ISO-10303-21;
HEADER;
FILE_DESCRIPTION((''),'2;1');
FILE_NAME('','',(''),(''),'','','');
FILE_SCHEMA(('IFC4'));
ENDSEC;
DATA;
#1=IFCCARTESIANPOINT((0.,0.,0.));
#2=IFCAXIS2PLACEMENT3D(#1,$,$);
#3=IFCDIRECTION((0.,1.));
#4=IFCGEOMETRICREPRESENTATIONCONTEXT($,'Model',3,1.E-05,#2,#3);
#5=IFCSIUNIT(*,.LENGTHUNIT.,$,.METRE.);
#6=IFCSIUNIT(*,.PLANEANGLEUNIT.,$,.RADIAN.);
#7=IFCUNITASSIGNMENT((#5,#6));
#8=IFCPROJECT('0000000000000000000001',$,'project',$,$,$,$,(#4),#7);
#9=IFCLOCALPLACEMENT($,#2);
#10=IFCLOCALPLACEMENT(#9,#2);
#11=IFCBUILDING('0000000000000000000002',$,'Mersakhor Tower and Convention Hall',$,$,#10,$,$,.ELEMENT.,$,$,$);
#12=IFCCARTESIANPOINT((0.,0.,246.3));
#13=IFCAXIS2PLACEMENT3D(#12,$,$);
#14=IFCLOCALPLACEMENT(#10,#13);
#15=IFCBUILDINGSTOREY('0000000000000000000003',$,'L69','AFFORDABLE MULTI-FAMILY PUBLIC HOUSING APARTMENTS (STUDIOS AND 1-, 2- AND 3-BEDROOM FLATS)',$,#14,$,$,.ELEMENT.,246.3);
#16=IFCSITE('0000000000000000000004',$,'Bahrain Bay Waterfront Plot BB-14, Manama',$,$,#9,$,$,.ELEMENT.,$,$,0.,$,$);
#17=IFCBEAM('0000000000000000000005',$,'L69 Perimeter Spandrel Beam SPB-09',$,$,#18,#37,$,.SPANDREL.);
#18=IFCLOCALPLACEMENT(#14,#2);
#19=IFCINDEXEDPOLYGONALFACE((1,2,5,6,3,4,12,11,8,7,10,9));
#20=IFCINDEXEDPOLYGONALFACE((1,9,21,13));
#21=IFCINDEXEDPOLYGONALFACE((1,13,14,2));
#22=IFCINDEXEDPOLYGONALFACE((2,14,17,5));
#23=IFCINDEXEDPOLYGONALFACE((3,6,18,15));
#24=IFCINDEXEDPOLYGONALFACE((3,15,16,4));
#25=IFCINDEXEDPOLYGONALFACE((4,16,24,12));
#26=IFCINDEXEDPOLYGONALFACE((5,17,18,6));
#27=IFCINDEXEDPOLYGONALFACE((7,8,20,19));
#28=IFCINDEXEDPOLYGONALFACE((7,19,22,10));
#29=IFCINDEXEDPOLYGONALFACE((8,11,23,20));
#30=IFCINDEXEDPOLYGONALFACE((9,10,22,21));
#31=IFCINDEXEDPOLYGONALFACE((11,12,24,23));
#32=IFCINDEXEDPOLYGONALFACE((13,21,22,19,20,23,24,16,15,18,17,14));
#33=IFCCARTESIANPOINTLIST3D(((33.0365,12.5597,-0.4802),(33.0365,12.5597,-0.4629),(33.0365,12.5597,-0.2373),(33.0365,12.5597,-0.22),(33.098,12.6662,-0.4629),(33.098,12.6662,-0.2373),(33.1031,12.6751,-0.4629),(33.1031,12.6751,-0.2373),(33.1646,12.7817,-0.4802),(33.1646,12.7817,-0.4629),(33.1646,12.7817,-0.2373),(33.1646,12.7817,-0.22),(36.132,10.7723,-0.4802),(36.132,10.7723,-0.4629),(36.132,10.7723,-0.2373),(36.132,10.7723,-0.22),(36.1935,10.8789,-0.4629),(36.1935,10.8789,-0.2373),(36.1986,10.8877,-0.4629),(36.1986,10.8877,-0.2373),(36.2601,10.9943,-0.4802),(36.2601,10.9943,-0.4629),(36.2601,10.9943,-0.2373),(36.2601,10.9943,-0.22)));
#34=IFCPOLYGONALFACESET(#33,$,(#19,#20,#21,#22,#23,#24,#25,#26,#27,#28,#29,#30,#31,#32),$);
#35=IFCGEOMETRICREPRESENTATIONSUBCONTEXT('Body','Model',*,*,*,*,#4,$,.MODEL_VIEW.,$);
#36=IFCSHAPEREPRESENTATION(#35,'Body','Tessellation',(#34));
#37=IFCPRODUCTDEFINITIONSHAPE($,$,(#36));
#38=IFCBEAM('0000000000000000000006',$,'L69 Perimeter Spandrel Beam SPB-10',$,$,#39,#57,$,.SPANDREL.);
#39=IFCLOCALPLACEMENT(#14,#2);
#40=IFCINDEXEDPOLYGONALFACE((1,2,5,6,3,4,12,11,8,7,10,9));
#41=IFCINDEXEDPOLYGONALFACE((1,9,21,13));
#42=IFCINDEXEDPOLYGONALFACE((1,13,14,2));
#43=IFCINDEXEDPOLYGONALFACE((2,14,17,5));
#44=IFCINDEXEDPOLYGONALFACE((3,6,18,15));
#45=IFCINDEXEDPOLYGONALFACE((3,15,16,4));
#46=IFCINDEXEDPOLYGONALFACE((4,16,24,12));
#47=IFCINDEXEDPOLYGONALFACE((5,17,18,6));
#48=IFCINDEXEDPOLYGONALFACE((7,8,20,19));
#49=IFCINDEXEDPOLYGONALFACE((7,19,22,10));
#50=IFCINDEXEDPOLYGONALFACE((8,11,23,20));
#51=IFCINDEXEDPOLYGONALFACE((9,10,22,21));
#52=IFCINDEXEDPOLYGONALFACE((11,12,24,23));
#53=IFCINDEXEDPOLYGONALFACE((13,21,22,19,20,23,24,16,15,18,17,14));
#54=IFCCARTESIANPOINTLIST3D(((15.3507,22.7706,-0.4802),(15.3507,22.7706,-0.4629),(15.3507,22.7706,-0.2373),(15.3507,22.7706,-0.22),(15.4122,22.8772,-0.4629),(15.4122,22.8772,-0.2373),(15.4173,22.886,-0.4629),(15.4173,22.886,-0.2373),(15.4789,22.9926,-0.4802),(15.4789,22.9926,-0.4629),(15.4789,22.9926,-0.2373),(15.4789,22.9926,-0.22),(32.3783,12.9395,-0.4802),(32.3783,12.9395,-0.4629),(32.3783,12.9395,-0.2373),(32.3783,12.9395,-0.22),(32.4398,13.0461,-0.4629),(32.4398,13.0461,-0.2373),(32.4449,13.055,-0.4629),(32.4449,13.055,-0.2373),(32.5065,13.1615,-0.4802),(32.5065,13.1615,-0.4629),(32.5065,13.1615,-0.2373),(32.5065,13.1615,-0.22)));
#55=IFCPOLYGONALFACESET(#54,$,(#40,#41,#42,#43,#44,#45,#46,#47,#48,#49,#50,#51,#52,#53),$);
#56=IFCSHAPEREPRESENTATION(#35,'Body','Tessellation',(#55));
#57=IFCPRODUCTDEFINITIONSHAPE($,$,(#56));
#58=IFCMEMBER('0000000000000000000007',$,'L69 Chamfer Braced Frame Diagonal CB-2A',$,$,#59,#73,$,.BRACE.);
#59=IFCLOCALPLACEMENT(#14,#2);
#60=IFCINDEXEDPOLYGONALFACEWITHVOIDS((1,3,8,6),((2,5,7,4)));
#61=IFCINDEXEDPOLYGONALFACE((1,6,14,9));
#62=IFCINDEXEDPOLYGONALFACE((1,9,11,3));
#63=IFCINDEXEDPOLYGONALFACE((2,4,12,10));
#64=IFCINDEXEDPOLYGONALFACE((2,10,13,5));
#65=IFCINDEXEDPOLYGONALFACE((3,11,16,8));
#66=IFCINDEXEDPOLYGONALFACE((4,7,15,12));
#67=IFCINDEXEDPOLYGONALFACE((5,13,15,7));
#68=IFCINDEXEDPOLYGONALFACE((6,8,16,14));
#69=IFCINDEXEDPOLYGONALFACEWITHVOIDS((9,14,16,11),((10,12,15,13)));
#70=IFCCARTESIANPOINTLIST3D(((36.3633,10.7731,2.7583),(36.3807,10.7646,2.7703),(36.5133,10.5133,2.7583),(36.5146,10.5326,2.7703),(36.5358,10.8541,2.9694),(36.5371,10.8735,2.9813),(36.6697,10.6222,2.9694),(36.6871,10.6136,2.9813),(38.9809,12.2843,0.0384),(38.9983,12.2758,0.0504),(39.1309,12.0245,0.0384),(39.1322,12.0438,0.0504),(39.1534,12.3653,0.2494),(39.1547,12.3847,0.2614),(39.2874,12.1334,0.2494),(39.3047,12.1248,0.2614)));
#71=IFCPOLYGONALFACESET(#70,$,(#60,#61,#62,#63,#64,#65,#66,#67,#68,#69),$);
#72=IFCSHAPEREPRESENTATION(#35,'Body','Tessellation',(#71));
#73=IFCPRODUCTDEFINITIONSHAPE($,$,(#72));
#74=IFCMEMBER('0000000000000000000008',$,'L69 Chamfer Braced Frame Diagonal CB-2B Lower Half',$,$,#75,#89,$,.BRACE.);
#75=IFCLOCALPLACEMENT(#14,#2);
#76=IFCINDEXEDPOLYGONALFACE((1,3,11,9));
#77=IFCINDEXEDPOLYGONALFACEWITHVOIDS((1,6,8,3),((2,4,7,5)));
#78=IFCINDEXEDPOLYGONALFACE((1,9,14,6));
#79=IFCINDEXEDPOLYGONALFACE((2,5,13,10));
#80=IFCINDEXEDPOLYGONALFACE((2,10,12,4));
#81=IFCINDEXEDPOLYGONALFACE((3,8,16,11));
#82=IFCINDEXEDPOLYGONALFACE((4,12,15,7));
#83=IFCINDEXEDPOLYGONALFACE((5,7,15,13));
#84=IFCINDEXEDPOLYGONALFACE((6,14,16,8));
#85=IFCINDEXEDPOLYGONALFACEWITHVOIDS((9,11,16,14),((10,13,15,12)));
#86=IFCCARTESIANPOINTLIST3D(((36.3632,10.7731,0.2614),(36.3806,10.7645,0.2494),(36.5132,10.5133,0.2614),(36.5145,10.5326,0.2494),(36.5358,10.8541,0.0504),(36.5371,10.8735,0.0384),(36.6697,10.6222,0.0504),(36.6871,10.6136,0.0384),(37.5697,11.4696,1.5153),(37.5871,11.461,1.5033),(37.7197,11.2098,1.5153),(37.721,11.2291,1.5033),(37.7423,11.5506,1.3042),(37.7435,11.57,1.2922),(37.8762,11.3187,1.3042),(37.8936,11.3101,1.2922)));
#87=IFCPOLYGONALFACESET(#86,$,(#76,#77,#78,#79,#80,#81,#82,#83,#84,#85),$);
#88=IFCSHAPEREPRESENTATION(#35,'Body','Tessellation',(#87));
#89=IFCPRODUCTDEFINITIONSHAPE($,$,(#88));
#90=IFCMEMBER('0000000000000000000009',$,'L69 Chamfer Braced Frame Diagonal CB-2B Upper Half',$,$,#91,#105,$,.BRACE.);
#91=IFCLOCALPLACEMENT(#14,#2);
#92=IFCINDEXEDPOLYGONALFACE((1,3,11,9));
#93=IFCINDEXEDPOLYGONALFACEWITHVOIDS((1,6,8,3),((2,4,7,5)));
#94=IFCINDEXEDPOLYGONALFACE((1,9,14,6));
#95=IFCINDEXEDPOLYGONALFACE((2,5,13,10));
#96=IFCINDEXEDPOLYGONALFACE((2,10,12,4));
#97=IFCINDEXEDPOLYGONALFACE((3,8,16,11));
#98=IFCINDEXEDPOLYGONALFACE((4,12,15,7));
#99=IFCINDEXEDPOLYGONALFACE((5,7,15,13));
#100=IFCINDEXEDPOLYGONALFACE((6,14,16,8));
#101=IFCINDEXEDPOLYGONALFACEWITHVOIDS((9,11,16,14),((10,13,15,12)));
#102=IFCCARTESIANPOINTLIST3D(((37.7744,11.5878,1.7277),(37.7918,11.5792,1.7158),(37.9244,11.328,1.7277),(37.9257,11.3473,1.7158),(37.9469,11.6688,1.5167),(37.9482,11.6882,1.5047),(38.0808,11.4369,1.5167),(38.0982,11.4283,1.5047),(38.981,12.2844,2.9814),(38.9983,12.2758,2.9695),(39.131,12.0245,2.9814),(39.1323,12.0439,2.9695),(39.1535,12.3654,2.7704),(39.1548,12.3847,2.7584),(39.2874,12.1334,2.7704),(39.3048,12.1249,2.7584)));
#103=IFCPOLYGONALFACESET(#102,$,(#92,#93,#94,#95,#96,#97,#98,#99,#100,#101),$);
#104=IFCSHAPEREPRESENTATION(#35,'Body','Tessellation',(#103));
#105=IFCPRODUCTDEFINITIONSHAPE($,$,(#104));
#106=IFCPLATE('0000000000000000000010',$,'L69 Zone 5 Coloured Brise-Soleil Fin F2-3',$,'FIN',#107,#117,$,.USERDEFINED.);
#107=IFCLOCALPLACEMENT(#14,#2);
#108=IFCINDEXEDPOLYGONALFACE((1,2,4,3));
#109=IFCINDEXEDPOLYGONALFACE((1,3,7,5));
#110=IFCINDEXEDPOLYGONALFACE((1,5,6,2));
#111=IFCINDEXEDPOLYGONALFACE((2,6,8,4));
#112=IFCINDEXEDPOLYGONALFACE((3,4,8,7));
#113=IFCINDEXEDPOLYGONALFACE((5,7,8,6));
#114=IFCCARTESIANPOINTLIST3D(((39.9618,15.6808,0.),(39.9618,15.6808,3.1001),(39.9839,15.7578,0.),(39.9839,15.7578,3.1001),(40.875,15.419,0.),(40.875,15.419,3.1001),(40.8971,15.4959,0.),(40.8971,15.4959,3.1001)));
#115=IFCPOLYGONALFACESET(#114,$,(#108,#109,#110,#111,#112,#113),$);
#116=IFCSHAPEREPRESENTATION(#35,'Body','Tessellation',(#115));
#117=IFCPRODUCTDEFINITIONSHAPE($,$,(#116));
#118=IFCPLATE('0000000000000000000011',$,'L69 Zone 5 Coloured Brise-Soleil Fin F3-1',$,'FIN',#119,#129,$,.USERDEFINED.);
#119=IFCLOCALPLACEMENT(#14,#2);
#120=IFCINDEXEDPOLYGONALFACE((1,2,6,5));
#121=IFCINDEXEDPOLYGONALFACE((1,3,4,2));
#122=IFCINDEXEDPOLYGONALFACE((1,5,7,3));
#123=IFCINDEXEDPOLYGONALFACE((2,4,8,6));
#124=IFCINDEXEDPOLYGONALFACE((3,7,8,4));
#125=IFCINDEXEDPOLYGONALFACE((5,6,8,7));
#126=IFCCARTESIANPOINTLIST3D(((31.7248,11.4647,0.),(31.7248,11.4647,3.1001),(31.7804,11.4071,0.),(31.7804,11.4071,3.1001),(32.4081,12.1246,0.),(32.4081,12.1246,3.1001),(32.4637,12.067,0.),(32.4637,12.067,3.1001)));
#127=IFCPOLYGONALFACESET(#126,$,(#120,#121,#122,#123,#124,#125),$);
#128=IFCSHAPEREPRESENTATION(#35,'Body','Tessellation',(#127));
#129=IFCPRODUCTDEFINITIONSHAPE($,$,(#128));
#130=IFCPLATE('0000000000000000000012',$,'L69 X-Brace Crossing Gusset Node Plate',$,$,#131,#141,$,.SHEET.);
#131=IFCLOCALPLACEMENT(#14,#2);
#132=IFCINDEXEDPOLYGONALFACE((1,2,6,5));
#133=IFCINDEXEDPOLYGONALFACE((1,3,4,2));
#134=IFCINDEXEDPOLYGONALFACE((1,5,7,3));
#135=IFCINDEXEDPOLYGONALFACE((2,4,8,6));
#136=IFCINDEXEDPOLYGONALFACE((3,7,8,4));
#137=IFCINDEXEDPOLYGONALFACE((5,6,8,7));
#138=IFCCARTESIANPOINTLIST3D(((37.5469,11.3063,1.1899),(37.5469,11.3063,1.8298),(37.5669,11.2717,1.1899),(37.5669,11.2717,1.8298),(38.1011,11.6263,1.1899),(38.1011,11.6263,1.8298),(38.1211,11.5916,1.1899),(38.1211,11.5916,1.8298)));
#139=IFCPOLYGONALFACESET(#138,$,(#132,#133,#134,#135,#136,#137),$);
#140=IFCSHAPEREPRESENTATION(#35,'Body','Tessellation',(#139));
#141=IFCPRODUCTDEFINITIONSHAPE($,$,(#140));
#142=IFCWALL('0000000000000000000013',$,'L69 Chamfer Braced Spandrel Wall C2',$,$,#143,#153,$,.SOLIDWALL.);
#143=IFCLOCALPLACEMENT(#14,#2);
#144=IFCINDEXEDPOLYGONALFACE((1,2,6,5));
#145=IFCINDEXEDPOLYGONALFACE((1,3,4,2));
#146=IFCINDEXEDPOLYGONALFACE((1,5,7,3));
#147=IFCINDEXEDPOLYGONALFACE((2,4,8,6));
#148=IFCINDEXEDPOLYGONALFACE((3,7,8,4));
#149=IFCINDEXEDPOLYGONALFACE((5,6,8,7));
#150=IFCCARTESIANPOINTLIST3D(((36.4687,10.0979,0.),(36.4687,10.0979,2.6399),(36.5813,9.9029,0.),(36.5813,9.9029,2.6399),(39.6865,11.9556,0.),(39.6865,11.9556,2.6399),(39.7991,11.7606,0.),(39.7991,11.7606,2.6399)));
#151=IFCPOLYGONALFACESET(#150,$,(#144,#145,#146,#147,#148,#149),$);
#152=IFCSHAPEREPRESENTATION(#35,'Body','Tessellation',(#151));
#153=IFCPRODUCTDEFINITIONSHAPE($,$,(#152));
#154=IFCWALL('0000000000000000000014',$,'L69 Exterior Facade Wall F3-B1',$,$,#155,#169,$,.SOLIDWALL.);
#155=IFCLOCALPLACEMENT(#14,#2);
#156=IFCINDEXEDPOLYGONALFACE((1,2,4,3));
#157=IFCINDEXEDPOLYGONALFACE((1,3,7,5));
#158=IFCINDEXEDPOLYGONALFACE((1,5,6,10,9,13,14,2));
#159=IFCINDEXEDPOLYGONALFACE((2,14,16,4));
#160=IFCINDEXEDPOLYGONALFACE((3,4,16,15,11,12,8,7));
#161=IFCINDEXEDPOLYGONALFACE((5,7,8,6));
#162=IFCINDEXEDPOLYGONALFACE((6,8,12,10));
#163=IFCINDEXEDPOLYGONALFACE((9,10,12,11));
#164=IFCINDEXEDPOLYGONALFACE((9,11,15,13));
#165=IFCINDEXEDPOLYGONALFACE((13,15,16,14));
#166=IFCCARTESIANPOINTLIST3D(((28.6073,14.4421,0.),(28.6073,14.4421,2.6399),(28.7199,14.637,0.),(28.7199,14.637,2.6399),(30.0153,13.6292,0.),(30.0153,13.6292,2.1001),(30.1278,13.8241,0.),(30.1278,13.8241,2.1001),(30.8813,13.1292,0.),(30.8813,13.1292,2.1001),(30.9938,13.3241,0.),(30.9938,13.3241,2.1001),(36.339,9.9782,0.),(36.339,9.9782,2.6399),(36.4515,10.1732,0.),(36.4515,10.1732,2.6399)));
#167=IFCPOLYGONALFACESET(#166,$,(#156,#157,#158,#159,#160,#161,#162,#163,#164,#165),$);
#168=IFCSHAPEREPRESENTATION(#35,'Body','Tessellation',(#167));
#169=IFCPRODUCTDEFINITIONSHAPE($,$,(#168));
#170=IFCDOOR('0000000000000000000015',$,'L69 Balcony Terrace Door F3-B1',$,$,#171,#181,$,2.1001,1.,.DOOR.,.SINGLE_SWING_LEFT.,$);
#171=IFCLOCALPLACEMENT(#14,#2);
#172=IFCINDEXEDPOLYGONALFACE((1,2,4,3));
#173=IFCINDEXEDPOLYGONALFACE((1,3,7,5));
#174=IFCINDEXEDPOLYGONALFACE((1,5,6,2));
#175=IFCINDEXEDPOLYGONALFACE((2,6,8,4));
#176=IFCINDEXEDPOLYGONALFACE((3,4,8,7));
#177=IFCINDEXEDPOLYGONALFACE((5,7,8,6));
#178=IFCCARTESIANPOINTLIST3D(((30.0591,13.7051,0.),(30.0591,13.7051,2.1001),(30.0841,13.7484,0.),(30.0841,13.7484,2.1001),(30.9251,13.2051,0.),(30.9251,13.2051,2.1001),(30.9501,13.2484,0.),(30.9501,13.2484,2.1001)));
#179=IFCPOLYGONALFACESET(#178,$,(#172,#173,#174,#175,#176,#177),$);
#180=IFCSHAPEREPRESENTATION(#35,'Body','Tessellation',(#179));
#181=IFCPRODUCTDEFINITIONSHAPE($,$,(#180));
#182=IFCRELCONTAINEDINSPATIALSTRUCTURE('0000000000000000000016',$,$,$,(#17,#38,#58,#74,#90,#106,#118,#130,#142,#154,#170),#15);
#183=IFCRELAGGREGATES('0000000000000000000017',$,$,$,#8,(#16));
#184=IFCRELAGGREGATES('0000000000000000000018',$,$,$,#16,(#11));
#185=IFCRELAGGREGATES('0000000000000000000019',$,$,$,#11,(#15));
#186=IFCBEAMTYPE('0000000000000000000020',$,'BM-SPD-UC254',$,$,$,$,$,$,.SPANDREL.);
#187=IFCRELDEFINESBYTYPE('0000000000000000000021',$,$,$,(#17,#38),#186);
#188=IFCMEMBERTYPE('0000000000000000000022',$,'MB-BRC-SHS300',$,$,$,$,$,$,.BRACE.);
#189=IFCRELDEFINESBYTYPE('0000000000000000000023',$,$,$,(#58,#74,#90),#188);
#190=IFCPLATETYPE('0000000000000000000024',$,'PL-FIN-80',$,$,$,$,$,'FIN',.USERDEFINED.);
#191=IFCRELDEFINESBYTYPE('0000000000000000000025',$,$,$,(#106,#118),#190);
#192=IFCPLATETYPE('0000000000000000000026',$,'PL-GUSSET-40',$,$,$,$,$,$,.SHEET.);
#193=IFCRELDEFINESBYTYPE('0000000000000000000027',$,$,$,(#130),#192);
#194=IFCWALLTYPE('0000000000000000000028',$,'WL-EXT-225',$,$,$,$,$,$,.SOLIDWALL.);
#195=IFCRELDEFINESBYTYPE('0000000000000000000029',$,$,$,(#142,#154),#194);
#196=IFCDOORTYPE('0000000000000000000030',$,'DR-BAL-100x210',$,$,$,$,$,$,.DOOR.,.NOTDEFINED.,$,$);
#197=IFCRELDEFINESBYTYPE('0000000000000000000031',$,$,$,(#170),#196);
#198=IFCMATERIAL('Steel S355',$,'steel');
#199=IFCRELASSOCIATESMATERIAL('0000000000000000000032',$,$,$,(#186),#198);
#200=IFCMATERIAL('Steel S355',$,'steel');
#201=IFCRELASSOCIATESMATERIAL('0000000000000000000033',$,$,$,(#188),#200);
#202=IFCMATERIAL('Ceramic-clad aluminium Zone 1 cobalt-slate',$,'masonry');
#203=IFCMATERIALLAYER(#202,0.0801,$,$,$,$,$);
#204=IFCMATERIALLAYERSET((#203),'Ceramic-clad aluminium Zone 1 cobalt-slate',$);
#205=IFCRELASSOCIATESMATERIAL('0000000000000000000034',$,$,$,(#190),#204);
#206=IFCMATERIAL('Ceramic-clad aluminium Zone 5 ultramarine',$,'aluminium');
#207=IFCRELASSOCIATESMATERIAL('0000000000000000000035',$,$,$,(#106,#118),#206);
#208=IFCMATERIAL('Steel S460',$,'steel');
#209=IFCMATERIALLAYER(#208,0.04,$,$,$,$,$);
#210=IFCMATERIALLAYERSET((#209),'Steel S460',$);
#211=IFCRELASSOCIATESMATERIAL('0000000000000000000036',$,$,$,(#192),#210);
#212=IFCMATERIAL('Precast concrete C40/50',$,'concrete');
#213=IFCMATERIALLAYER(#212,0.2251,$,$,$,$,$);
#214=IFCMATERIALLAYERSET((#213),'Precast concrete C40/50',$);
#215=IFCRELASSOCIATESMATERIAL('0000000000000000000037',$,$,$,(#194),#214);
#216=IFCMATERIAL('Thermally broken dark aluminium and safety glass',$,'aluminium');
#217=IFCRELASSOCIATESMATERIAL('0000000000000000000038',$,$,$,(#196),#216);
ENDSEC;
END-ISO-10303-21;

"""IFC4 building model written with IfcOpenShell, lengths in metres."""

from ifc_helpers import new_model, si_unit, direction, frame, frame_2d, origin, origin_2d, place, context, subcontext, project, spatial, rectangle, hollow_rectangle, i_section, extrude, material, layer, layer_set, material_profile, profile_set, type_object, element, fill, save


model = new_model("IFC4")

# Units and contexts
model_context = context("Model", 3, precision=1e-05, world=origin(), true_north=direction((0.0, 1.0)))
body_context = subcontext(model_context, "Body", "Model", "MODEL_VIEW")
ifc_project = project(units=[si_unit("LENGTHUNIT", "METRE"), si_unit("PLANEANGLEUNIT", "RADIAN")], contexts=[model_context])

# Site, building, storey
site_placement = place(None, origin())
site = spatial("IfcSite", under=ifc_project, at=site_placement, Name="Bahrain Bay Waterfront Plot BB-14, Manama", CompositionType="ELEMENT", RefElevation=0.0)
building_placement = place(site_placement, origin())
building = spatial("IfcBuilding", under=site, at=building_placement, Name="Mersakhor Tower and Convention Hall", CompositionType="ELEMENT")
storey_placement = place(building_placement, frame((0.0, 0.0, 246.3)))
storey = spatial("IfcBuildingStorey", under=building, at=storey_placement, Name="L69", Description="AFFORDABLE MULTI-FAMILY PUBLIC HOUSING APARTMENTS (STUDIOS AND 1-, 2- AND 3-BEDROOM FLATS)", CompositionType="ELEMENT", Elevation=246.3)

# Beams
ifc_material_1 = material(Name="Steel S355", Category="steel")
ifc_material_profile_1 = material_profile(ifc_material_1, i_section(OverallWidth=0.2563, OverallDepth=0.2603, WebThickness=0.0103, FlangeThickness=0.0173, at=origin_2d()), Name="UC 254x254x89")
ifc_profile_set_1 = profile_set([ifc_material_profile_1], Name="Steel S355")
beam_type_1 = type_object("IfcBeamType", Name="BM-SPD-UC254", PredefinedType="SPANDREL", material=ifc_profile_set_1)
beam_1_placement = place(storey_placement, frame((36.196, 10.8833, -0.3501), z_axis=(-0.866002, 0.50004, 0.0), x_axis=(-0.50004, -0.866002, 0.0)))
element("IfcBeam", 1, at=beam_1_placement, inside=storey, type_object=beam_type_1, Name="L69 Perimeter Spandrel Beam SPB-09", PredefinedType="SPANDREL", context=body_context, shape_type="SweptSolid", body=[
    extrude(i_section(OverallWidth=0.2563, OverallDepth=0.2603, WebThickness=0.0103, FlangeThickness=0.0173, at=origin_2d()), origin(), (0.0, 0.0, 1.0), 3.5745),
])
beam_2_placement = place(storey_placement, frame((32.4424, 13.0505, -0.3501), z_axis=(-0.866022, 0.500007, 0.0), x_axis=(-0.500007, -0.866022, 0.0)))
element("IfcBeam", 2, at=beam_2_placement, inside=storey, type_object=beam_type_1, Name="L69 Perimeter Spandrel Beam SPB-10", PredefinedType="SPANDREL", context=body_context, shape_type="SweptSolid", body=[
    extrude(i_section(OverallWidth=0.2563, OverallDepth=0.2603, WebThickness=0.0103, FlangeThickness=0.0173, at=origin_2d()), origin(), (0.0, 0.0, 1.0), 19.6619),
])

# Members
ifc_material_2 = material(Name="Steel S355", Category="steel")
ifc_material_profile_2 = material_profile(ifc_material_2, hollow_rectangle(XDim=0.3, YDim=0.3, WallThickness=0.0161, at=origin_2d()), Name="SHS 300x300x16")
ifc_profile_set_2 = profile_set([ifc_material_profile_2], Name="Steel S355")
member_type = type_object("IfcMemberType", Name="MB-BRC-SHS300", PredefinedType="BRACE", material=ifc_profile_set_2)
member_placement = place(storey_placement, frame((39.1428, 12.2046, 0.1499), z_axis=(-0.643759, -0.371653, 0.668916), x_axis=(0.499979, -0.866038, 0.0)))
element("IfcMember", 3, at=member_placement, inside=storey, type_object=member_type, Name="L69 Chamfer Braced Frame Diagonal CB-2A", PredefinedType="BRACE", context=body_context, shape_type="SweptSolid", body=[
    extrude(hollow_rectangle(XDim=0.3, YDim=0.3, WallThickness=0.0161, at=origin_2d()), origin(), (0.0, 0.0, 1.0), 4.0662),
])
for number, where, z_axis, x_axis, name in (
    (4, (36.5251, 10.6934, 0.1499), (0.643713, 0.371613, 0.668982), (-0.499965, 0.866046, 0.0), "L69 Chamfer Braced Frame Diagonal CB-2B Lower Half"),
    (5, (37.9363, 11.5081, 1.6162), (0.643769, 0.371646, 0.66891), (-0.499965, 0.866046, 0.0), "L69 Chamfer Braced Frame Diagonal CB-2B Upper Half"),
):
    element("IfcMember", number, at=place(storey_placement, frame(where, z_axis=z_axis, x_axis=x_axis)), inside=storey, type_object=member_type, Name=name, PredefinedType="BRACE", context=body_context, shape_type="SweptSolid", body=[
        extrude(hollow_rectangle(XDim=0.3, YDim=0.3, WallThickness=0.0161, at=origin_2d()), origin(), (0.0, 0.0, 1.0), 1.8743),
    ])

# Plates
ifc_material_3 = material(Name="Ceramic-clad aluminium Zone 5 ultramarine", Category="aluminium")
ifc_material_4 = material(Name="Ceramic-clad aluminium Zone 1 cobalt-slate", Category="masonry")
ifc_layer_1 = layer(ifc_material_4, 0.0801)
ifc_layer_set_1 = layer_set([ifc_layer_1], Name="Ceramic-clad aluminium Zone 1 cobalt-slate")
plate_type_1 = type_object("IfcPlateType", Name="PL-FIN-80", ElementType="FIN", PredefinedType="USERDEFINED", material=ifc_layer_set_1)
for number, where, z_axis, x_axis, name in (
    (6, (40.4294, 15.5884, 0.0), (0.0, 0.0, 1.0), (0.961262, -0.275637, 0.0), "L69 Zone 5 Coloured Brise-Soleil Fin F2-3"),
    (7, (32.0942, 11.7659, 0.0), (0.0, 0.0, 1.0), (-0.71934, -0.694658, 0.0), "L69 Zone 5 Coloured Brise-Soleil Fin F3-1"),
):
    element("IfcPlate", number, at=place(storey_placement, frame(where, z_axis=z_axis, x_axis=x_axis)), inside=storey, type_object=plate_type_1, material=ifc_material_3, Name=name, ObjectType="FIN", PredefinedType="USERDEFINED", context=body_context, shape_type="SweptSolid", body=[
        extrude(rectangle(XDim=0.95, YDim=0.0801, at=origin_2d()), origin(), (0.0, 0.0, 1.0), 3.1001),
    ])
ifc_material_5 = material(Name="Steel S460", Category="steel")
ifc_layer_2 = layer(ifc_material_5, 0.04)
ifc_layer_set_2 = layer_set([ifc_layer_2], Name="Steel S460")
plate_type_2 = type_object("IfcPlateType", Name="PL-GUSSET-40", PredefinedType="SHEET", material=ifc_layer_set_2)
plate_placement = place(storey_placement, frame((37.834, 11.449, 1.1899), z_axis=(0.0, 0.0, 1.0), x_axis=(0.866025, 0.5, 0.0)))
element("IfcPlate", 8, at=plate_placement, inside=storey, type_object=plate_type_2, Name="L69 X-Brace Crossing Gusset Node Plate", PredefinedType="SHEET", context=body_context, shape_type="SweptSolid", body=[
    extrude(rectangle(XDim=0.6399, YDim=0.04, at=origin_2d()), origin(), (0.0, 0.0, 1.0), 0.6399),
])

# Wall
ifc_material_6 = material(Name="Precast concrete C40/50", Category="concrete")
ifc_layer_3 = layer(ifc_material_6, 0.2251)
ifc_layer_set_3 = layer_set([ifc_layer_3], Name="Precast concrete C40/50")
wall_type_1 = type_object("IfcWallType", Name="WL-EXT-225", PredefinedType="SOLIDWALL", material=ifc_layer_set_3)
wall_1_placement = place(storey_placement, frame((39.7429, 11.8582, 0.0), z_axis=(0.0, 0.0, 1.0), x_axis=(-0.866039, -0.499977, 0.0)))
element("IfcWall", 9, at=wall_1_placement, inside=storey, type_object=wall_type_1, Name="L69 Chamfer Braced Spandrel Wall C2", PredefinedType="SOLIDWALL", context=body_context, shape_type="SweptSolid", body=[
    extrude(rectangle(XDim=3.7156, YDim=0.2251, at=frame_2d((1.8579, 0.0))), origin(), (0.0, 0.0, 1.0), 2.6399),
])

# Wall, opening, door
wall_2_placement = place(storey_placement, frame((36.3953, 10.0757, 0.0), z_axis=(0.0, 0.0, 1.0), x_axis=(-0.866027, 0.499998, 0.0)))
wall_2 = element("IfcWall", 10, at=wall_2_placement, inside=storey, type_object=wall_type_1, Name="L69 Exterior Facade Wall F3-B1", PredefinedType="SOLIDWALL", context=body_context, shape_type="SweptSolid", body=[
    extrude(rectangle(XDim=8.9277, YDim=0.2251, at=frame_2d((4.4639, 0.0))), origin(), (0.0, 0.0, 1.0), 2.6399),
])
opening_1_placement = place(wall_2_placement, frame((6.302, 0.0, 0.0)))
opening_1 = element("IfcOpeningElement", 11, at=opening_1_placement, cuts=wall_2, PredefinedType="OPENING", context=body_context, shape_type="SweptSolid", body=[
    extrude(rectangle(XDim=1.0, YDim=2.1001, at=frame_2d((0.5, 1.05))), frame((0.0, 0.1226, 0.0), z_axis=(0.0, -1.0, 0.0), x_axis=(1.0, 0.0, 0.0)), (0.0, 0.0, 1.0), 0.2451),
])
ifc_material_7 = material(Name="Thermally broken dark aluminium and safety glass", Category="aluminium")
door_type_1 = type_object("IfcDoorType", Name="DR-BAL-100x210", OperationType="NOTDEFINED", PredefinedType="DOOR", material=ifc_material_7)
door_1_placement = place(opening_1_placement, origin())
door_1 = element("IfcDoor", 12, at=door_1_placement, inside=storey, type_object=door_type_1, Name="L69 Balcony Terrace Door F3-B1", OperationType="SINGLE_SWING_LEFT", OverallHeight=2.1001, OverallWidth=1.0, PredefinedType="DOOR", context=body_context, shape_type="SweptSolid", body=[
    extrude(rectangle(XDim=1.0, YDim=2.1001, at=frame_2d((0.5, 1.05))), frame((0.0, 0.0249, 0.0), z_axis=(0.0, -1.0, 0.0), x_axis=(1.0, 0.0, 0.0)), (0.0, 0.0, 1.0), 0.05),
])
fill(opening_1, door_1)

save(model, "model.ifc")
